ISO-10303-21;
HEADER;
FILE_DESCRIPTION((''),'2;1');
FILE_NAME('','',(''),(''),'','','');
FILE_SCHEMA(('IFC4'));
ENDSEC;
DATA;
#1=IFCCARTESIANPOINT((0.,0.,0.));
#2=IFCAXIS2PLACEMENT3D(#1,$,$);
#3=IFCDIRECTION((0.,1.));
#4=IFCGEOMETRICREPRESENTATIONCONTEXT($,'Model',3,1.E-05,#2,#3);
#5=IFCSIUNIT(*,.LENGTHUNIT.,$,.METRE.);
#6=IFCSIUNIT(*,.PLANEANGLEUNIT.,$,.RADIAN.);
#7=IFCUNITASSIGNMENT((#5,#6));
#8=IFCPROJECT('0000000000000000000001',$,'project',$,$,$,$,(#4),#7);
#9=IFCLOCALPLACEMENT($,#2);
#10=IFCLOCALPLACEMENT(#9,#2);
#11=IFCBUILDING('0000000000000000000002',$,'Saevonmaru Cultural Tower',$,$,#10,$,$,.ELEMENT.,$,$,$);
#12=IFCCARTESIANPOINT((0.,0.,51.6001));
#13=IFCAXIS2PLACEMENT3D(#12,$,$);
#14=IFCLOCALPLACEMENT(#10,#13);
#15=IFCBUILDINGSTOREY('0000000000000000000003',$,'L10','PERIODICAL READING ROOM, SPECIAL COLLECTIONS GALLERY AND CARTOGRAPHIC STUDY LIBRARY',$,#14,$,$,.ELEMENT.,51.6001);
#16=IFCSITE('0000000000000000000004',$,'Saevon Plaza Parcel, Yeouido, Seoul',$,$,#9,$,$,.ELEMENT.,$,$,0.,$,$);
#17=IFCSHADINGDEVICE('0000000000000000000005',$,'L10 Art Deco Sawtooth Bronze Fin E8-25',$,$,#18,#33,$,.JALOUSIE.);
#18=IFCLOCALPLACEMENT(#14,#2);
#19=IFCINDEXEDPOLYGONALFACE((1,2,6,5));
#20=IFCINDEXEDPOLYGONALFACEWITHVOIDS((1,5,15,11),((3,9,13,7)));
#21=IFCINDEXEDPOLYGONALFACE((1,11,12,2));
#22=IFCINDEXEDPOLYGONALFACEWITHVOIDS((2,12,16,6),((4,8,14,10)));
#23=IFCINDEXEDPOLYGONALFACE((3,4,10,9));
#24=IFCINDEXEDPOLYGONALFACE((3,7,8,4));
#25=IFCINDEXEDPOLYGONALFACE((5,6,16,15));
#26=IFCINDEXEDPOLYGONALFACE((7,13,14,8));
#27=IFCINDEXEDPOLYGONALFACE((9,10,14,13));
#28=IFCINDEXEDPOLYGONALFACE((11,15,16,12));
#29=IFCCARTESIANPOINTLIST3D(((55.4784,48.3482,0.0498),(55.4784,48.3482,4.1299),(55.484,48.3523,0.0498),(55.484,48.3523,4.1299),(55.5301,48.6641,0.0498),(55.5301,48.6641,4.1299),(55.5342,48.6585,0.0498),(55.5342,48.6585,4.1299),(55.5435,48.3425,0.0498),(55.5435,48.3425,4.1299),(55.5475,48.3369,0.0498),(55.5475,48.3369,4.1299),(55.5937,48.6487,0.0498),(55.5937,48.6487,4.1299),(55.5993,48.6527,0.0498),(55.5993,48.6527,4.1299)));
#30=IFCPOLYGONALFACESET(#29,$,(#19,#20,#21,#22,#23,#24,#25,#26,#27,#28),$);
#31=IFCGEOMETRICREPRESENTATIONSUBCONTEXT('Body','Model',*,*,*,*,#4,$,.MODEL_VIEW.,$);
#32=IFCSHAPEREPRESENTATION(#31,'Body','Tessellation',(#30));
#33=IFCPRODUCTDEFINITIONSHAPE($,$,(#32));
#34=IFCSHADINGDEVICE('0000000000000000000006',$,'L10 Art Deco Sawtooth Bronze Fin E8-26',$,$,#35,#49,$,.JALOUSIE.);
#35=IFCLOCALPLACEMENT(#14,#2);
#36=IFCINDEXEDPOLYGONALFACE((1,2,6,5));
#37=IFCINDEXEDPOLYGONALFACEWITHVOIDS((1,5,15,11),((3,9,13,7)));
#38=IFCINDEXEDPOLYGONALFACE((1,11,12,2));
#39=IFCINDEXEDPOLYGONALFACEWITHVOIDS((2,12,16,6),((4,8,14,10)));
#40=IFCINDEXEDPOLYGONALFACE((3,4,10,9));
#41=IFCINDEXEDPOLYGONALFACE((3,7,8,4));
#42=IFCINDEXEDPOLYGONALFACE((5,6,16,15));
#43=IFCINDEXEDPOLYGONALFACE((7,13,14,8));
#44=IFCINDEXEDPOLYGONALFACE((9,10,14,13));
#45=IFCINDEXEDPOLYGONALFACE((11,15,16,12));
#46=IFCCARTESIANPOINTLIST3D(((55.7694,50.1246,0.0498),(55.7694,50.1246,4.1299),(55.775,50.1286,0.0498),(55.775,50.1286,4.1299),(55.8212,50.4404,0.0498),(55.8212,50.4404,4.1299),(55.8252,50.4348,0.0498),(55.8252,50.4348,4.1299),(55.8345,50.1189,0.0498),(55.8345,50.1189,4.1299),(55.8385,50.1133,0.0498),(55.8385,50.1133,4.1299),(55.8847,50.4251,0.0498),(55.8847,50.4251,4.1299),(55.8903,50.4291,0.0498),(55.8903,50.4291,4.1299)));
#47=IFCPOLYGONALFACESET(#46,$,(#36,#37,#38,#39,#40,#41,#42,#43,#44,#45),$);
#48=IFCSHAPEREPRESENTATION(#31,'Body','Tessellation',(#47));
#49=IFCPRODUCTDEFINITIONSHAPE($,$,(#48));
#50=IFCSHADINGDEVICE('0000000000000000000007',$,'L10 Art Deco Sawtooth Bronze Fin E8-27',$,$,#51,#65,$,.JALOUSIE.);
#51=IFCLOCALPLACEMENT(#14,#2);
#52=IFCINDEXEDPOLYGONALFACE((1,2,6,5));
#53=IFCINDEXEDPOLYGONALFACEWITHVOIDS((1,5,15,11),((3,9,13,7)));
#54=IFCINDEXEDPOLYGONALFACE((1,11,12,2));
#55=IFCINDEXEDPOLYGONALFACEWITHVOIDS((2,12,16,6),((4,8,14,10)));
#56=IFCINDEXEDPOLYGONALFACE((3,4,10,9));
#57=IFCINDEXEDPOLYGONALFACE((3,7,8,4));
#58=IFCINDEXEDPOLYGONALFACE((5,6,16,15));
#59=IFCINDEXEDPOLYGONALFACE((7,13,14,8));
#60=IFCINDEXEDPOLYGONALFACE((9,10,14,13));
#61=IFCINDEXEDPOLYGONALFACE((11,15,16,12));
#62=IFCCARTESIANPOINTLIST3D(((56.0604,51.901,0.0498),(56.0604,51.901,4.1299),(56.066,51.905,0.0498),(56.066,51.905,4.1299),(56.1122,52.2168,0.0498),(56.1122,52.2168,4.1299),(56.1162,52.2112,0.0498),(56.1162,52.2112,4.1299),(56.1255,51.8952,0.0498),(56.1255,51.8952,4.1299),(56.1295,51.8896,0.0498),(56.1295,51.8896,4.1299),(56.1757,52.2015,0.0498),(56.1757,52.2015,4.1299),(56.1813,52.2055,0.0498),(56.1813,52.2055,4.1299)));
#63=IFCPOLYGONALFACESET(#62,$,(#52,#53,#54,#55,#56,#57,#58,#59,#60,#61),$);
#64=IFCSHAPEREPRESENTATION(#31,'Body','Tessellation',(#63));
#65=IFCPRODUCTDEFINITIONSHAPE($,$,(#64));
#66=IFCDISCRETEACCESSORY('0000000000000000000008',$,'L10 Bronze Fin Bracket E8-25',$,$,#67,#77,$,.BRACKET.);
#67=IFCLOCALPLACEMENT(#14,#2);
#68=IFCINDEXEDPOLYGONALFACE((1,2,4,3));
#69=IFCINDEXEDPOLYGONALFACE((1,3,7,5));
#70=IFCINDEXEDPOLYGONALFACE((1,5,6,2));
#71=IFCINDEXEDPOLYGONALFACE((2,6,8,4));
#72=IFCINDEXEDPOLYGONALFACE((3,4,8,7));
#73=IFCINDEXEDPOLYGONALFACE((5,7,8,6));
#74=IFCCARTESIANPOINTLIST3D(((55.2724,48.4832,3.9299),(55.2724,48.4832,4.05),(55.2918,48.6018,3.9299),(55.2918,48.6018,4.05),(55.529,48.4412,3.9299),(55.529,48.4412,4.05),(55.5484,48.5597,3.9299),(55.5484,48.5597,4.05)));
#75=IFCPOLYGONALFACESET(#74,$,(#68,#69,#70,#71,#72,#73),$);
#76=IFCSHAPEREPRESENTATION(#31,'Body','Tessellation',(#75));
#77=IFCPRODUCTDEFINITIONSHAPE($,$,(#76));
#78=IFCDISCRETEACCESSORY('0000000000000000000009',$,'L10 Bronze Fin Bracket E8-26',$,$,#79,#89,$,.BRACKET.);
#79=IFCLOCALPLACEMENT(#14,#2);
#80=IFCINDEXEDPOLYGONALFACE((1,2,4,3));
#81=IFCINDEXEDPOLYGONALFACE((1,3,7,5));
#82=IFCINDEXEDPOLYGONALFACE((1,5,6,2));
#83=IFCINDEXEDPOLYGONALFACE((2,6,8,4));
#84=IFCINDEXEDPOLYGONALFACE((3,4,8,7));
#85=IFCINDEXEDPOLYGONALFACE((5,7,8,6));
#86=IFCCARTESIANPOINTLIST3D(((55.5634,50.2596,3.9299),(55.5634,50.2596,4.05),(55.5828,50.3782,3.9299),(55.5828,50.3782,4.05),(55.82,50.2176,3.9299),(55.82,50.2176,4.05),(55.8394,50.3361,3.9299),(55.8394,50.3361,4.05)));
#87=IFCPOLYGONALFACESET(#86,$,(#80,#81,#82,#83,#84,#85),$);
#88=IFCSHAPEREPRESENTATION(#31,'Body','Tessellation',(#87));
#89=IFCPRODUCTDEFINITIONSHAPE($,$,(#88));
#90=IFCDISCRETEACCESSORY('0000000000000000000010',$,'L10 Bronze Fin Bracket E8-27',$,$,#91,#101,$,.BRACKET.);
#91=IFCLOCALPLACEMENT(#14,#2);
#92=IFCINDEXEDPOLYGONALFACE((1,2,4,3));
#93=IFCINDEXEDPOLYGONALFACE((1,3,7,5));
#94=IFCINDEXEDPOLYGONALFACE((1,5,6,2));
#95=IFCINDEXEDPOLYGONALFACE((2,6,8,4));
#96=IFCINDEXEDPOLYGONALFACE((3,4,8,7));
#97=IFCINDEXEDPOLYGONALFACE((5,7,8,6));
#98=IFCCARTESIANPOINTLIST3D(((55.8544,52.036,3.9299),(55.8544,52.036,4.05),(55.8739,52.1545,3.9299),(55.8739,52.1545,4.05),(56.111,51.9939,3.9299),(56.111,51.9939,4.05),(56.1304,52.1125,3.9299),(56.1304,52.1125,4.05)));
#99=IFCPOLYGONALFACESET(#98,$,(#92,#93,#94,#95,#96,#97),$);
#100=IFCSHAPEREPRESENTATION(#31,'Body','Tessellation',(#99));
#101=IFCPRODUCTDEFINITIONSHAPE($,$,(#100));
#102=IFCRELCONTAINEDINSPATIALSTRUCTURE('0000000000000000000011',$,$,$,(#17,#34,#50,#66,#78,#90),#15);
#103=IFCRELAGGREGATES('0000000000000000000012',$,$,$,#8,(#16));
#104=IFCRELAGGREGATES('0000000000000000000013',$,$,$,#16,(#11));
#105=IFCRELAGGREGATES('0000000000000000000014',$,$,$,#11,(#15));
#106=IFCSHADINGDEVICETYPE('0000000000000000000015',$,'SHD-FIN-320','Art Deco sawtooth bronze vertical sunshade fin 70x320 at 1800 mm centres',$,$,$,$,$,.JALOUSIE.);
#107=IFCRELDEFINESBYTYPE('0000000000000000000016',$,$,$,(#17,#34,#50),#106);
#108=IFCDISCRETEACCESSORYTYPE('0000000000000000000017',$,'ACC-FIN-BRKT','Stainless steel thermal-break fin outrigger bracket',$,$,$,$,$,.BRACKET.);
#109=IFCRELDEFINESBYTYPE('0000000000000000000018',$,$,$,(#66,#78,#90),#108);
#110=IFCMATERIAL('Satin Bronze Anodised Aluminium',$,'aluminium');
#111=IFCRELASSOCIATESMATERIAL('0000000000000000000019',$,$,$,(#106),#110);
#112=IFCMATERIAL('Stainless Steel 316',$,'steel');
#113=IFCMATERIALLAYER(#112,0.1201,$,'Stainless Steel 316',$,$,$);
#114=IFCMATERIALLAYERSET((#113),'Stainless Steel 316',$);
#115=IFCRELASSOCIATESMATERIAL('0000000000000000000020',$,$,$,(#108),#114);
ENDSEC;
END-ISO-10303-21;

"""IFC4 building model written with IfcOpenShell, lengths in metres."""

from ifc_helpers import new_model, si_unit, direction, frame, origin, origin_2d, place, context, subcontext, project, spatial, rectangle, hollow_rectangle, extrude, material, layer, layer_set, material_profile, profile_set, type_object, element, save


model = new_model("IFC4")

# Units and contexts
model_context = context("Model", 3, precision=1e-05, world=origin(), true_north=direction((0.0, 1.0)))
body_context = subcontext(model_context, "Body", "Model", "MODEL_VIEW")
ifc_project = project(units=[si_unit("LENGTHUNIT", "METRE"), si_unit("PLANEANGLEUNIT", "RADIAN")], contexts=[model_context])

# Site, building, storey
site_placement = place(None, origin())
site = spatial("IfcSite", under=ifc_project, at=site_placement, Name="Saevon Plaza Parcel, Yeouido, Seoul", CompositionType="ELEMENT", RefElevation=0.0)
building_placement = place(site_placement, origin())
building = spatial("IfcBuilding", under=site, at=building_placement, Name="Saevonmaru Cultural Tower", CompositionType="ELEMENT")
storey_placement = place(building_placement, frame((0.0, 0.0, 51.6001)))
storey = spatial("IfcBuildingStorey", under=building, at=storey_placement, Name="L10", Description="PERIODICAL READING ROOM, SPECIAL COLLECTIONS GALLERY AND CARTOGRAPHIC STUDY LIBRARY", CompositionType="ELEMENT", Elevation=51.6001)

# Shared definitions
ifc_material_1 = material(Name="Satin Bronze Anodised Aluminium", Category="aluminium")

# Shading devices
ifc_material_profile_1 = material_profile(ifc_material_1, hollow_rectangle(XDim=0.0701, YDim=0.3201, WallThickness=0.0049, at=origin_2d()), Name="FIN-320x70")
ifc_profile_set_1 = profile_set([ifc_material_profile_1], Name="Satin Bronze Anodised Aluminium")
shading_device_type = type_object("IfcShadingDeviceType", Name="SHD-FIN-320", Description="Art Deco sawtooth bronze vertical sunshade fin 70x320 at 1800 mm centres", PredefinedType="JALOUSIE", material=ifc_profile_set_1)
for number, where, z_axis, x_axis, name in (
    (1, (55.5388, 48.5005, 0.0498), (0.0, 0.0, 1.0), (0.986827, -0.161776, 0.0), "L10 Art Deco Sawtooth Bronze Fin E8-25"),
    (2, (55.8298, 50.2769, 0.0498), (0.0, 0.0, 1.0), (0.986827, -0.161776, 0.0), "L10 Art Deco Sawtooth Bronze Fin E8-26"),
    (3, (56.1208, 52.0532, 0.0498), (0.0, 0.0, 1.0), (0.986827, -0.161776, 0.0), "L10 Art Deco Sawtooth Bronze Fin E8-27"),
):
    element("IfcShadingDevice", number, at=place(storey_placement, frame(where, z_axis=z_axis, x_axis=x_axis)), inside=storey, type_object=shading_device_type, Name=name, PredefinedType="JALOUSIE", context=body_context, shape_type="SweptSolid", body=[
        extrude(hollow_rectangle(XDim=0.0701, YDim=0.3201, WallThickness=0.0049, at=origin_2d()), origin(), (0.0, 0.0, 1.0), 4.0801),
    ])

# Discrete accessories
ifc_material_2 = material(Name="Stainless Steel 316", Category="steel")
ifc_layer_1 = layer(ifc_material_2, 0.1201, Name="Stainless Steel 316")
ifc_layer_set_1 = layer_set([ifc_layer_1], Name="Stainless Steel 316")
discrete_accessory_type = type_object("IfcDiscreteAccessoryType", Name="ACC-FIN-BRKT", Description="Stainless steel thermal-break fin outrigger bracket", PredefinedType="BRACKET", material=ifc_layer_set_1)
for number, where, z_axis, x_axis, name in (
    (4, (55.4104, 48.5215, 3.9299), (0.0, 0.0, 1.0), (0.986827, -0.161776, 0.0), "L10 Bronze Fin Bracket E8-25"),
    (5, (55.7014, 50.2979, 3.9299), (0.0, 0.0, 1.0), (0.986827, -0.161776, 0.0), "L10 Bronze Fin Bracket E8-26"),
    (6, (55.9924, 52.0742, 3.9299), (0.0, 0.0, 1.0), (0.986827, -0.161776, 0.0), "L10 Bronze Fin Bracket E8-27"),
):
    element("IfcDiscreteAccessory", number, at=place(storey_placement, frame(where, z_axis=z_axis, x_axis=x_axis)), inside=storey, type_object=discrete_accessory_type, Name=name, PredefinedType="BRACKET", context=body_context, shape_type="SweptSolid", body=[
        extrude(rectangle(XDim=0.26, YDim=0.1201, at=origin_2d()), origin(), (0.0, 0.0, 1.0), 0.1201),
    ])

save(model, "model.ifc")
